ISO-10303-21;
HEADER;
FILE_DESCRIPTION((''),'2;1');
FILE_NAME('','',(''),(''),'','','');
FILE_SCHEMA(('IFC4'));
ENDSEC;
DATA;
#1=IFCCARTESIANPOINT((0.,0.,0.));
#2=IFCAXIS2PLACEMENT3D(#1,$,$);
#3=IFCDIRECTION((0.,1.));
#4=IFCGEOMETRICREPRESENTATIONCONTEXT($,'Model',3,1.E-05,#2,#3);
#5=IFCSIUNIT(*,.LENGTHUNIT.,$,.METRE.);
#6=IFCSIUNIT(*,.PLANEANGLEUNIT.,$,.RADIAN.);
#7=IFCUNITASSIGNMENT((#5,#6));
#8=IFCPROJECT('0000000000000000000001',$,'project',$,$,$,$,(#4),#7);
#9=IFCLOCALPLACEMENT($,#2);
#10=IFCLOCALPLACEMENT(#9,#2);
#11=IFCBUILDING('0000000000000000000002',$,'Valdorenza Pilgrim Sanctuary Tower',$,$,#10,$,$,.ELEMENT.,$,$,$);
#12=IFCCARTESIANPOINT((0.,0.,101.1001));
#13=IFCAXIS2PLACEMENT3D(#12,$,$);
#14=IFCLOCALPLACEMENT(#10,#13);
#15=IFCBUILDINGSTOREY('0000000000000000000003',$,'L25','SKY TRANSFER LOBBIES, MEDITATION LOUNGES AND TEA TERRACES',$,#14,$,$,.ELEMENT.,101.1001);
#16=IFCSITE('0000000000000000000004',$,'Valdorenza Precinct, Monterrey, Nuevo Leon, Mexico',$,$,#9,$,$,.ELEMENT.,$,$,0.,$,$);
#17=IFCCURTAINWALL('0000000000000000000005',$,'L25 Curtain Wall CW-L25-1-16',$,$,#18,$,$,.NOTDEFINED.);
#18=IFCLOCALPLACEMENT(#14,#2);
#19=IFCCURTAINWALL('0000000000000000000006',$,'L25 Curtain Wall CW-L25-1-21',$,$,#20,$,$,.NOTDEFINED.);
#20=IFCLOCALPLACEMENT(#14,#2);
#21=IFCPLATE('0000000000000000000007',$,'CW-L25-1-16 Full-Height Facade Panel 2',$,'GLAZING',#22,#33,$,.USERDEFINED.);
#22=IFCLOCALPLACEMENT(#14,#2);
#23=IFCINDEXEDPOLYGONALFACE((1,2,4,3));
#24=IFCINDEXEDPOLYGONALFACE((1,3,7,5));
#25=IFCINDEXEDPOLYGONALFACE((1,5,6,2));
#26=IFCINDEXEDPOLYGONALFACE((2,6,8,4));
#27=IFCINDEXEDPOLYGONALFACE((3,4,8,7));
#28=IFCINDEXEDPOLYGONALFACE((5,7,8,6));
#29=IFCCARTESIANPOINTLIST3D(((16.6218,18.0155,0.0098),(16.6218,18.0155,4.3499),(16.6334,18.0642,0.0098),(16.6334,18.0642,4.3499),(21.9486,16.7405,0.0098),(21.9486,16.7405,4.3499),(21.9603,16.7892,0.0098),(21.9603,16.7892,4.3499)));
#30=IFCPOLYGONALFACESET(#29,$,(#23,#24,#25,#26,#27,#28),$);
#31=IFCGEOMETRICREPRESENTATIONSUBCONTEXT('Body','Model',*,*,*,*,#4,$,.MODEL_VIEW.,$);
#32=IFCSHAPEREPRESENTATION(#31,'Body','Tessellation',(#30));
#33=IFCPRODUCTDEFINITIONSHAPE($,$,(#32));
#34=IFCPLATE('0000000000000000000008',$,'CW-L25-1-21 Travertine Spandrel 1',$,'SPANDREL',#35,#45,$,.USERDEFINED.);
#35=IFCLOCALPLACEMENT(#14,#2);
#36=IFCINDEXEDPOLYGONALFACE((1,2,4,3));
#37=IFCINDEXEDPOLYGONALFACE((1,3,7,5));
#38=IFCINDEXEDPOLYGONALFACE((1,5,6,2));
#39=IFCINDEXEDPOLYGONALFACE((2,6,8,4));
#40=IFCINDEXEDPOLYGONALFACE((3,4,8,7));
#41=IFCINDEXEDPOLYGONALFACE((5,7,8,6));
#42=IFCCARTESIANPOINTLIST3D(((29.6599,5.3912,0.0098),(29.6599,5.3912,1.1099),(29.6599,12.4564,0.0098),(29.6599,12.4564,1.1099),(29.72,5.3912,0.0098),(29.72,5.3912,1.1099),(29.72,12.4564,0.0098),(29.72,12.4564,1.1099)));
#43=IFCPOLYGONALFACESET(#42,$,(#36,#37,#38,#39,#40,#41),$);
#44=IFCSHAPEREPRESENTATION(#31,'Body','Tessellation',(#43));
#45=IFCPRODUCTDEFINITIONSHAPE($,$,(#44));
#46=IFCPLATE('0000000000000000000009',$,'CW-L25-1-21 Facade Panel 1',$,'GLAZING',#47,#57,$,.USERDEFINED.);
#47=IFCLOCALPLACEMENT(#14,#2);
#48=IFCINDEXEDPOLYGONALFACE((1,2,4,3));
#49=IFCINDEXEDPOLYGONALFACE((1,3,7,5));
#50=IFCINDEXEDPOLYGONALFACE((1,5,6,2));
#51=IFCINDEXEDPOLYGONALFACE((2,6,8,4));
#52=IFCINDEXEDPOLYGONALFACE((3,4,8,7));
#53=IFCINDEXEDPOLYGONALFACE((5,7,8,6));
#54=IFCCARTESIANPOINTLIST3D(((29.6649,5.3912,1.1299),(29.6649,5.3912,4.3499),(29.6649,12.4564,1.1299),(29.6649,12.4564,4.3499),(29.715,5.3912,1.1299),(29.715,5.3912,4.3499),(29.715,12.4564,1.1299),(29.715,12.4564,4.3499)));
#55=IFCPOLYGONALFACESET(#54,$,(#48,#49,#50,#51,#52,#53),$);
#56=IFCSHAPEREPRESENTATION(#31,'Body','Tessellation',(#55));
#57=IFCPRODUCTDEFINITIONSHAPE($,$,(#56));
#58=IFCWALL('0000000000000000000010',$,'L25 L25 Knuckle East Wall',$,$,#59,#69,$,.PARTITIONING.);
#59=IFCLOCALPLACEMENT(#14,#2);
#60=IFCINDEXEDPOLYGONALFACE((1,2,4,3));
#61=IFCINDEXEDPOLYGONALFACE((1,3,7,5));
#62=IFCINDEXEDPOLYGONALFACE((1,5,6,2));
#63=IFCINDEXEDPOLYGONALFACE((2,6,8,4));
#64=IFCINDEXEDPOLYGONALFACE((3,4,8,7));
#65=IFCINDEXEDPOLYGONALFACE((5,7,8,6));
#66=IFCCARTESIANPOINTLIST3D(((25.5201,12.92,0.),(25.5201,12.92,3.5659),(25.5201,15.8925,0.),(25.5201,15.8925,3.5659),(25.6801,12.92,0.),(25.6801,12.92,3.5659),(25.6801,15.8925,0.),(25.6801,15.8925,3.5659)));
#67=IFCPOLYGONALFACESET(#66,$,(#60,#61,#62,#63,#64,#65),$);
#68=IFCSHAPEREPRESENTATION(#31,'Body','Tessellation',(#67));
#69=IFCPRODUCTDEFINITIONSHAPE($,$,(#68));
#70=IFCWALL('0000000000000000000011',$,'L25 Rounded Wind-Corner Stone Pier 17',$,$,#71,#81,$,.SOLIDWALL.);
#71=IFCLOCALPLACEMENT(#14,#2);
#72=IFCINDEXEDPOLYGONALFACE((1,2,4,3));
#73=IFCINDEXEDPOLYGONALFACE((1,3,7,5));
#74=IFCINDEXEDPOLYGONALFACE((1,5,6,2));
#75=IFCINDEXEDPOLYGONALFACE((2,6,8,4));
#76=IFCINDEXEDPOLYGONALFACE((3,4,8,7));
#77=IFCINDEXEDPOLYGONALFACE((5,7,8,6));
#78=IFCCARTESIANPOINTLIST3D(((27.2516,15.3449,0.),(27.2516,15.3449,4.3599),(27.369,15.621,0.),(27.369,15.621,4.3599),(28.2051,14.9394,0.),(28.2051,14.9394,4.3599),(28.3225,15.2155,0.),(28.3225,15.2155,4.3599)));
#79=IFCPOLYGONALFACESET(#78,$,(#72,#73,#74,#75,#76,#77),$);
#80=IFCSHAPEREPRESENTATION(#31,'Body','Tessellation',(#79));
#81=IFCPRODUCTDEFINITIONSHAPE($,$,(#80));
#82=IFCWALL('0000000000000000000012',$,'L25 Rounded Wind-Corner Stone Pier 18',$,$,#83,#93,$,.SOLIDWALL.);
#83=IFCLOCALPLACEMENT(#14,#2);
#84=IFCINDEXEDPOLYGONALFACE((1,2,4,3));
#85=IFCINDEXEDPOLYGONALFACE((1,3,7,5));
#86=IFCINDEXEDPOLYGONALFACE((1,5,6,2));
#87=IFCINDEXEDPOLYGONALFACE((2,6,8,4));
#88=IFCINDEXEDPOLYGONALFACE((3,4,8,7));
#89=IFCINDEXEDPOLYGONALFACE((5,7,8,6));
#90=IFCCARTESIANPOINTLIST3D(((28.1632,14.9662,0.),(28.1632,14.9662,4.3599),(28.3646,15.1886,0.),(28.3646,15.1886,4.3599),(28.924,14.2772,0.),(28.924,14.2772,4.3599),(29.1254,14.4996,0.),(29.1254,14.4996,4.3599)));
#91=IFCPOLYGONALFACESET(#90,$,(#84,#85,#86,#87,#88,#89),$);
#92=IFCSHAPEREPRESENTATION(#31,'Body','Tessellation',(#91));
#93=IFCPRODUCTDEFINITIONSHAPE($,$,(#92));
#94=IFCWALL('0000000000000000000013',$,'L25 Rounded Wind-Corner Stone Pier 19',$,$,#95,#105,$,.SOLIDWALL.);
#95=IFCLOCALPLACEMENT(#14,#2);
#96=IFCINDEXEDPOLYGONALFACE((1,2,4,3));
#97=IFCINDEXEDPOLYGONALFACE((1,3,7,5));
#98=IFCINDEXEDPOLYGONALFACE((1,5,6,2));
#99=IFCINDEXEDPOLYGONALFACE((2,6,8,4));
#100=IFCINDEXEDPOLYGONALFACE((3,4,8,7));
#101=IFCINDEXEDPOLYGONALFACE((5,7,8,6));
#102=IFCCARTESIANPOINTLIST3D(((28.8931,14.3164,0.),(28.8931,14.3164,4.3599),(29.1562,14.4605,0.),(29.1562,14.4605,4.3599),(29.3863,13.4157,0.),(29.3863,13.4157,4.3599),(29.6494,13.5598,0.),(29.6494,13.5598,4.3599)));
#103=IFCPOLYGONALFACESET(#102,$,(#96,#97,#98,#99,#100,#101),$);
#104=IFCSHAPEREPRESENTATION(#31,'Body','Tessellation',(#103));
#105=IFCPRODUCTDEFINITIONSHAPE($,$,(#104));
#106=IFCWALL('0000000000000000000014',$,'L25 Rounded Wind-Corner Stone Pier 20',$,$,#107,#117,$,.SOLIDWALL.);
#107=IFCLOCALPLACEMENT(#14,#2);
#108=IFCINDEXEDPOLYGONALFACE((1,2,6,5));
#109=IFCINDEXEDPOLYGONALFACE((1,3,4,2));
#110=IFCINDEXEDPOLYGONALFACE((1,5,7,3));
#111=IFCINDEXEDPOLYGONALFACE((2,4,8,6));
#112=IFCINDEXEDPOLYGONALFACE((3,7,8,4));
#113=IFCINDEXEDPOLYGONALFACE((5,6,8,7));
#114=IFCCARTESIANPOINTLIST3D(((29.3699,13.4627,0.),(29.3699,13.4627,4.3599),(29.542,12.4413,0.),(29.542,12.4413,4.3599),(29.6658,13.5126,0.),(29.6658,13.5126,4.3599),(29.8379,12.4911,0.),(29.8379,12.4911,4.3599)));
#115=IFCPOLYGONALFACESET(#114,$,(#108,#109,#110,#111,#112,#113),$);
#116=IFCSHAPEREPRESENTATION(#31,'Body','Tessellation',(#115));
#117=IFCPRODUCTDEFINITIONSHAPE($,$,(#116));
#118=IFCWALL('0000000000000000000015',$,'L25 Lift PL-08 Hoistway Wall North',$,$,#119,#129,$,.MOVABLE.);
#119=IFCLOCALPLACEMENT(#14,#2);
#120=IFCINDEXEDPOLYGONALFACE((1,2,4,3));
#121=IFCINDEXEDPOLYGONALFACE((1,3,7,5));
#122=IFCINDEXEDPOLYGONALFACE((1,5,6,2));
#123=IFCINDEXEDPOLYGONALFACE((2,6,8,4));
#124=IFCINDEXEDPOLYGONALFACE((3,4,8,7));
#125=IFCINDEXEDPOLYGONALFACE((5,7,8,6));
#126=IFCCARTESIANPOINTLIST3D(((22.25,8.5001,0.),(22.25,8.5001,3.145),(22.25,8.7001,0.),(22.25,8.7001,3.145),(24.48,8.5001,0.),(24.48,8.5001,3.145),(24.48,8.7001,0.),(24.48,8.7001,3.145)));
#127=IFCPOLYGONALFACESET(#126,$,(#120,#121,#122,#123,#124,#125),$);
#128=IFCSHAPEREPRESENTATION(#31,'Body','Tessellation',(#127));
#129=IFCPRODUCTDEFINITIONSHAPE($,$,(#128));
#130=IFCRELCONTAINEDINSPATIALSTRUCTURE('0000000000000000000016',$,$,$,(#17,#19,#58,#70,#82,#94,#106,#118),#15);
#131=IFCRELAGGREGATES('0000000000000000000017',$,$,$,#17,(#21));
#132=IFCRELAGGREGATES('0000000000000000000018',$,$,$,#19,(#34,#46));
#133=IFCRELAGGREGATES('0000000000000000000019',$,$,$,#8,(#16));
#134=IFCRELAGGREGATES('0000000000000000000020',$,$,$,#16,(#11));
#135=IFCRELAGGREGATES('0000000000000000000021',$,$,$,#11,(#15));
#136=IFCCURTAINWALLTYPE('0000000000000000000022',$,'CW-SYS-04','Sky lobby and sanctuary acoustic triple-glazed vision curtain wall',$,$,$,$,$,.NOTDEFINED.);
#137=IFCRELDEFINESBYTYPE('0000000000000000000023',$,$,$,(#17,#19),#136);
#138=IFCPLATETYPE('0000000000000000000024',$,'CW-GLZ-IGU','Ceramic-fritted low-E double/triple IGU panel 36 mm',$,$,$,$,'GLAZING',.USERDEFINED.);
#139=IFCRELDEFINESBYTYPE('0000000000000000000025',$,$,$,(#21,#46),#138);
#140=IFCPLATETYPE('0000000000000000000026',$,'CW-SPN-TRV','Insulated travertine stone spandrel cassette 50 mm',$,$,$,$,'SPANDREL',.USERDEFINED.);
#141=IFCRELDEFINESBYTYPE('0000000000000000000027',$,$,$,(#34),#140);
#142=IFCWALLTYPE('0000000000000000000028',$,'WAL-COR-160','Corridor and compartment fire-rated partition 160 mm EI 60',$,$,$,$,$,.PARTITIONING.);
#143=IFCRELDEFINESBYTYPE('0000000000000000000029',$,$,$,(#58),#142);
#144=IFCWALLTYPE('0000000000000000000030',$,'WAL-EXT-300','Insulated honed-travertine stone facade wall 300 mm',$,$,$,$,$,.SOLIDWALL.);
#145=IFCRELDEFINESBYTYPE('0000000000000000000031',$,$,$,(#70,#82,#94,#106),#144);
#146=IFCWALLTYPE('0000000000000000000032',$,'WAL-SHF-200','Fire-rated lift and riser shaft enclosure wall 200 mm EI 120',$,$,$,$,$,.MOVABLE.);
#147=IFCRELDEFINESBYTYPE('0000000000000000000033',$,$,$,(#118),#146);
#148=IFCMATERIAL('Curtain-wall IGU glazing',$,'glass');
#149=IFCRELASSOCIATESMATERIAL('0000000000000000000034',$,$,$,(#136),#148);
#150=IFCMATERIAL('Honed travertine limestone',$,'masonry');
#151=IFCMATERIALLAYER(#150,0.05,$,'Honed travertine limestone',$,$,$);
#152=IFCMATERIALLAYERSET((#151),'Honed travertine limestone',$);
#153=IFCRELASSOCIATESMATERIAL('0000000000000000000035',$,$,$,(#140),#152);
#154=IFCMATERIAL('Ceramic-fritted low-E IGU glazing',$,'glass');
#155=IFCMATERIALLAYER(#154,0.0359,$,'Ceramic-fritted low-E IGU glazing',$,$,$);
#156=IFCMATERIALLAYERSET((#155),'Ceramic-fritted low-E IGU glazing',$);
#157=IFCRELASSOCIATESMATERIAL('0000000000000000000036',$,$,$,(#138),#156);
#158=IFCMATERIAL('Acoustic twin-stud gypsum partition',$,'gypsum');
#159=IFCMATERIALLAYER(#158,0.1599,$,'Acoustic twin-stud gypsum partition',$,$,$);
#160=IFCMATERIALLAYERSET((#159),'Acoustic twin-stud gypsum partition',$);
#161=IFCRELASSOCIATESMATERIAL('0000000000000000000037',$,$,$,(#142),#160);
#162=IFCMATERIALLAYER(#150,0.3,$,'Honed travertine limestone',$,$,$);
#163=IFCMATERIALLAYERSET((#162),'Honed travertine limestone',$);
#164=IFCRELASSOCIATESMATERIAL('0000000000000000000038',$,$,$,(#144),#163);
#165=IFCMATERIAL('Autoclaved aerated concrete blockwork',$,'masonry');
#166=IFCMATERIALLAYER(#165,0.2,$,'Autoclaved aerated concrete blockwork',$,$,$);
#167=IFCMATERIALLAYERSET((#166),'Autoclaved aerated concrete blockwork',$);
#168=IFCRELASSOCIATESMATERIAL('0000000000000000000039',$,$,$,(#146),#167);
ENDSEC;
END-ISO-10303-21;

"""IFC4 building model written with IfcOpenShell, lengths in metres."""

from ifc_helpers import new_model, si_unit, direction, frame, frame_2d, origin, origin_2d, place, context, subcontext, project, spatial, rectangle, extrude, source, transform, mapped, material, layer, layer_set, type_object, element, aggregate, save


model = new_model("IFC4")

# Units and contexts
model_context = context("Model", 3, precision=1e-05, world=origin(), true_north=direction((0.0, 1.0)))
body_context = subcontext(model_context, "Body", "Model", "MODEL_VIEW")
ifc_project = project(units=[si_unit("LENGTHUNIT", "METRE"), si_unit("PLANEANGLEUNIT", "RADIAN")], contexts=[model_context])

# Site, building, storey
site_placement = place(None, origin())
site = spatial("IfcSite", under=ifc_project, at=site_placement, Name="Valdorenza Precinct, Monterrey, Nuevo Leon, Mexico", CompositionType="ELEMENT", RefElevation=0.0)
building_placement = place(site_placement, origin())
building = spatial("IfcBuilding", under=site, at=building_placement, Name="Valdorenza Pilgrim Sanctuary Tower", CompositionType="ELEMENT")
storey_placement = place(building_placement, frame((0.0, 0.0, 101.1001)))
storey = spatial("IfcBuildingStorey", under=building, at=storey_placement, Name="L25", Description="SKY TRANSFER LOBBIES, MEDITATION LOUNGES AND TEA TERRACES", CompositionType="ELEMENT", Elevation=101.1001)

# Curtain walls
ifc_material_1 = material(Name="Curtain-wall IGU glazing", Category="glass")
curtain_wall_type = type_object("IfcCurtainWallType", Name="CW-SYS-04", Description="Sky lobby and sanctuary acoustic triple-glazed vision curtain wall", PredefinedType="NOTDEFINED", material=ifc_material_1)
curtain_wall_1_placement = place(storey_placement, origin())
curtain_wall_1 = element("IfcCurtainWall", 1, at=curtain_wall_1_placement, inside=storey, type_object=curtain_wall_type, Name="L25 Curtain Wall CW-L25-1-16", PredefinedType="NOTDEFINED")
curtain_wall_2_placement = place(storey_placement, origin())
curtain_wall_2 = element("IfcCurtainWall", 2, at=curtain_wall_2_placement, inside=storey, type_object=curtain_wall_type, Name="L25 Curtain Wall CW-L25-1-21", PredefinedType="NOTDEFINED")

# Plates
ifc_material_2 = material(Name="Honed travertine limestone", Category="masonry")
ifc_layer_1 = layer(ifc_material_2, 0.05, Name="Honed travertine limestone")
ifc_layer_set_1 = layer_set([ifc_layer_1], Name="Honed travertine limestone")
plate_type_1 = type_object("IfcPlateType", Name="CW-SPN-TRV", Description="Insulated travertine stone spandrel cassette 50 mm", ElementType="SPANDREL", PredefinedType="USERDEFINED", material=ifc_layer_set_1)
ifc_material_3 = material(Name="Ceramic-fritted low-E IGU glazing", Category="glass")
ifc_layer_2 = layer(ifc_material_3, 0.0359, Name="Ceramic-fritted low-E IGU glazing")
ifc_layer_set_2 = layer_set([ifc_layer_2], Name="Ceramic-fritted low-E IGU glazing")
plate_type_2 = type_object("IfcPlateType", Name="CW-GLZ-IGU", Description="Ceramic-fritted low-E double/triple IGU panel 36 mm", ElementType="GLAZING", PredefinedType="USERDEFINED", material=ifc_layer_set_2)
shared_shape_1 = source(origin(), body_context, "Body", "SweptSolid", [
    extrude(rectangle(XDim=5.4773, YDim=0.05, at=origin_2d()), origin(), (0.0, 0.0, 1.0), 4.3401),
])
plate_1_placement = place(storey_placement, frame((19.291, 17.4023, 0.0098), z_axis=(0.0, 0.0, 1.0), x_axis=(0.972529, -0.232783, 0.0)))
plate_1 = element("IfcPlate", 3, at=plate_1_placement, type_object=plate_type_2, Name="CW-L25-1-16 Full-Height Facade Panel 2", ObjectType="GLAZING", PredefinedType="USERDEFINED", context=body_context, shape_type="MappedRepresentation", body=[
    mapped(shared_shape_1, transform((0.0, 0.0, 0.0), x_axis=(1.0, 0.0, 0.0), y_axis=(0.0, 1.0, 0.0), z_axis=(0.0, 0.0, 1.0), scale=1.0)),
])
aggregate(curtain_wall_1, [plate_1])
shared_shape_2 = source(origin(), body_context, "Body", "SweptSolid", [
    extrude(rectangle(XDim=7.0652, YDim=0.0601, at=origin_2d()), origin(), (0.0, 0.0, 1.0), 1.1001),
])
plate_2_placement = place(storey_placement, frame((29.6899, 8.9238, 0.0098), z_axis=(0.0, 0.0, 1.0), x_axis=(0.0, -1.0, 0.0)))
plate_2 = element("IfcPlate", 4, at=plate_2_placement, type_object=plate_type_1, Name="CW-L25-1-21 Travertine Spandrel 1", ObjectType="SPANDREL", PredefinedType="USERDEFINED", context=body_context, shape_type="MappedRepresentation", body=[
    mapped(shared_shape_2, transform((0.0, 0.0, 0.0), x_axis=(1.0, 0.0, 0.0), y_axis=(0.0, 1.0, 0.0), z_axis=(0.0, 0.0, 1.0), scale=1.0)),
])
shared_shape_3 = source(origin(), body_context, "Body", "SweptSolid", [
    extrude(rectangle(XDim=7.0652, YDim=0.05, at=origin_2d()), origin(), (0.0, 0.0, 1.0), 3.22),
])
plate_3_placement = place(storey_placement, frame((29.6899, 8.9238, 1.1299), z_axis=(0.0, 0.0, 1.0), x_axis=(0.0, -1.0, 0.0)))
plate_3 = element("IfcPlate", 5, at=plate_3_placement, type_object=plate_type_2, Name="CW-L25-1-21 Facade Panel 1", ObjectType="GLAZING", PredefinedType="USERDEFINED", context=body_context, shape_type="MappedRepresentation", body=[
    mapped(shared_shape_3, transform((0.0, 0.0, 0.0), x_axis=(1.0, 0.0, 0.0), y_axis=(0.0, 1.0, 0.0), z_axis=(0.0, 0.0, 1.0), scale=1.0)),
])
aggregate(curtain_wall_2, [plate_2, plate_3])

# Walls
ifc_material_4 = material(Name="Acoustic twin-stud gypsum partition", Category="gypsum")
ifc_layer_3 = layer(ifc_material_4, 0.1599, Name="Acoustic twin-stud gypsum partition")
ifc_layer_set_3 = layer_set([ifc_layer_3], Name="Acoustic twin-stud gypsum partition")
wall_type_1 = type_object("IfcWallType", Name="WAL-COR-160", Description="Corridor and compartment fire-rated partition 160 mm EI 60", PredefinedType="PARTITIONING", material=ifc_layer_set_3)
wall_1_placement = place(storey_placement, frame((25.6001, 12.9199, 0.0), z_axis=(0.0, 0.0, 1.0), x_axis=(0.0, 1.0, 0.0)))
element("IfcWall", 6, at=wall_1_placement, inside=storey, type_object=wall_type_1, Name="L25 L25 Knuckle East Wall", PredefinedType="PARTITIONING", context=body_context, shape_type="SweptSolid", body=[
    extrude(rectangle(XDim=2.9724, YDim=0.1599, at=frame_2d((1.4863, 0.0))), origin(), (0.0, 0.0, 1.0), 3.5659),
])
ifc_layer_4 = layer(ifc_material_2, 0.3, Name="Honed travertine limestone")
ifc_layer_set_4 = layer_set([ifc_layer_4], Name="Honed travertine limestone")
wall_type_2 = type_object("IfcWallType", Name="WAL-EXT-300", Description="Insulated honed-travertine stone facade wall 300 mm", PredefinedType="SOLIDWALL", material=ifc_layer_set_4)
wall_2_placement = place(storey_placement, frame((27.3103, 15.4829, 0.0), z_axis=(0.0, 0.0, 1.0), x_axis=(0.92025, -0.39133, 0.0)))
element("IfcWall", 7, at=wall_2_placement, inside=storey, type_object=wall_type_2, Name="L25 Rounded Wind-Corner Stone Pier 17", PredefinedType="SOLIDWALL", context=body_context, shape_type="SweptSolid", body=[
    extrude(rectangle(XDim=1.0361, YDim=0.3, at=frame_2d((0.5181, 0.0))), origin(), (0.0, 0.0, 1.0), 4.3599),
])
wall_3_placement = place(storey_placement, frame((28.2639, 15.0774, 0.0), z_axis=(0.0, 0.0, 1.0), x_axis=(0.741209, -0.671275, 0.0)))
element("IfcWall", 8, at=wall_3_placement, inside=storey, type_object=wall_type_2, Name="L25 Rounded Wind-Corner Stone Pier 18", PredefinedType="SOLIDWALL", context=body_context, shape_type="SweptSolid", body=[
    extrude(rectangle(XDim=1.0264, YDim=0.3, at=frame_2d((0.5132, 0.0))), origin(), (0.0, 0.0, 1.0), 4.3599),
])
wall_4_placement = place(storey_placement, frame((29.0247, 14.3884, 0.0), z_axis=(0.0, 0.0, 1.0), x_axis=(0.480284, -0.877113, 0.0)))
element("IfcWall", 9, at=wall_4_placement, inside=storey, type_object=wall_type_2, Name="L25 Rounded Wind-Corner Stone Pier 19", PredefinedType="SOLIDWALL", context=body_context, shape_type="SweptSolid", body=[
    extrude(rectangle(XDim=1.0269, YDim=0.3, at=frame_2d((0.5134, 0.0))), origin(), (0.0, 0.0, 1.0), 4.3599),
])
wall_5_placement = place(storey_placement, frame((29.5178, 13.4878, 0.0), z_axis=(0.0, 0.0, 1.0), x_axis=(0.166157, -0.986099, 0.0)))
element("IfcWall", 10, at=wall_5_placement, inside=storey, type_object=wall_type_2, Name="L25 Rounded Wind-Corner Stone Pier 20", PredefinedType="SOLIDWALL", context=body_context, shape_type="SweptSolid", body=[
    extrude(rectangle(XDim=1.0359, YDim=0.3, at=frame_2d((0.5181, 0.0))), origin(), (0.0, 0.0, 1.0), 4.3599),
])
ifc_material_5 = material(Name="Autoclaved aerated concrete blockwork", Category="masonry")
ifc_layer_5 = layer(ifc_material_5, 0.2, Name="Autoclaved aerated concrete blockwork")
ifc_layer_set_5 = layer_set([ifc_layer_5], Name="Autoclaved aerated concrete blockwork")
wall_type_3 = type_object("IfcWallType", Name="WAL-SHF-200", Description="Fire-rated lift and riser shaft enclosure wall 200 mm EI 120", PredefinedType="MOVABLE", material=ifc_layer_set_5)
wall_6_placement = place(storey_placement, frame((22.25, 8.6001, 0.0), z_axis=(0.0, 0.0, 1.0), x_axis=(1.0, 0.0, 0.0)))
element("IfcWall", 11, at=wall_6_placement, inside=storey, type_object=wall_type_3, Name="L25 Lift PL-08 Hoistway Wall North", PredefinedType="MOVABLE", context=body_context, shape_type="SweptSolid", body=[
    extrude(rectangle(XDim=2.23, YDim=0.2, at=frame_2d((1.115, 0.0))), origin(), (0.0, 0.0, 1.0), 3.145),
])

save(model, "model.ifc")
